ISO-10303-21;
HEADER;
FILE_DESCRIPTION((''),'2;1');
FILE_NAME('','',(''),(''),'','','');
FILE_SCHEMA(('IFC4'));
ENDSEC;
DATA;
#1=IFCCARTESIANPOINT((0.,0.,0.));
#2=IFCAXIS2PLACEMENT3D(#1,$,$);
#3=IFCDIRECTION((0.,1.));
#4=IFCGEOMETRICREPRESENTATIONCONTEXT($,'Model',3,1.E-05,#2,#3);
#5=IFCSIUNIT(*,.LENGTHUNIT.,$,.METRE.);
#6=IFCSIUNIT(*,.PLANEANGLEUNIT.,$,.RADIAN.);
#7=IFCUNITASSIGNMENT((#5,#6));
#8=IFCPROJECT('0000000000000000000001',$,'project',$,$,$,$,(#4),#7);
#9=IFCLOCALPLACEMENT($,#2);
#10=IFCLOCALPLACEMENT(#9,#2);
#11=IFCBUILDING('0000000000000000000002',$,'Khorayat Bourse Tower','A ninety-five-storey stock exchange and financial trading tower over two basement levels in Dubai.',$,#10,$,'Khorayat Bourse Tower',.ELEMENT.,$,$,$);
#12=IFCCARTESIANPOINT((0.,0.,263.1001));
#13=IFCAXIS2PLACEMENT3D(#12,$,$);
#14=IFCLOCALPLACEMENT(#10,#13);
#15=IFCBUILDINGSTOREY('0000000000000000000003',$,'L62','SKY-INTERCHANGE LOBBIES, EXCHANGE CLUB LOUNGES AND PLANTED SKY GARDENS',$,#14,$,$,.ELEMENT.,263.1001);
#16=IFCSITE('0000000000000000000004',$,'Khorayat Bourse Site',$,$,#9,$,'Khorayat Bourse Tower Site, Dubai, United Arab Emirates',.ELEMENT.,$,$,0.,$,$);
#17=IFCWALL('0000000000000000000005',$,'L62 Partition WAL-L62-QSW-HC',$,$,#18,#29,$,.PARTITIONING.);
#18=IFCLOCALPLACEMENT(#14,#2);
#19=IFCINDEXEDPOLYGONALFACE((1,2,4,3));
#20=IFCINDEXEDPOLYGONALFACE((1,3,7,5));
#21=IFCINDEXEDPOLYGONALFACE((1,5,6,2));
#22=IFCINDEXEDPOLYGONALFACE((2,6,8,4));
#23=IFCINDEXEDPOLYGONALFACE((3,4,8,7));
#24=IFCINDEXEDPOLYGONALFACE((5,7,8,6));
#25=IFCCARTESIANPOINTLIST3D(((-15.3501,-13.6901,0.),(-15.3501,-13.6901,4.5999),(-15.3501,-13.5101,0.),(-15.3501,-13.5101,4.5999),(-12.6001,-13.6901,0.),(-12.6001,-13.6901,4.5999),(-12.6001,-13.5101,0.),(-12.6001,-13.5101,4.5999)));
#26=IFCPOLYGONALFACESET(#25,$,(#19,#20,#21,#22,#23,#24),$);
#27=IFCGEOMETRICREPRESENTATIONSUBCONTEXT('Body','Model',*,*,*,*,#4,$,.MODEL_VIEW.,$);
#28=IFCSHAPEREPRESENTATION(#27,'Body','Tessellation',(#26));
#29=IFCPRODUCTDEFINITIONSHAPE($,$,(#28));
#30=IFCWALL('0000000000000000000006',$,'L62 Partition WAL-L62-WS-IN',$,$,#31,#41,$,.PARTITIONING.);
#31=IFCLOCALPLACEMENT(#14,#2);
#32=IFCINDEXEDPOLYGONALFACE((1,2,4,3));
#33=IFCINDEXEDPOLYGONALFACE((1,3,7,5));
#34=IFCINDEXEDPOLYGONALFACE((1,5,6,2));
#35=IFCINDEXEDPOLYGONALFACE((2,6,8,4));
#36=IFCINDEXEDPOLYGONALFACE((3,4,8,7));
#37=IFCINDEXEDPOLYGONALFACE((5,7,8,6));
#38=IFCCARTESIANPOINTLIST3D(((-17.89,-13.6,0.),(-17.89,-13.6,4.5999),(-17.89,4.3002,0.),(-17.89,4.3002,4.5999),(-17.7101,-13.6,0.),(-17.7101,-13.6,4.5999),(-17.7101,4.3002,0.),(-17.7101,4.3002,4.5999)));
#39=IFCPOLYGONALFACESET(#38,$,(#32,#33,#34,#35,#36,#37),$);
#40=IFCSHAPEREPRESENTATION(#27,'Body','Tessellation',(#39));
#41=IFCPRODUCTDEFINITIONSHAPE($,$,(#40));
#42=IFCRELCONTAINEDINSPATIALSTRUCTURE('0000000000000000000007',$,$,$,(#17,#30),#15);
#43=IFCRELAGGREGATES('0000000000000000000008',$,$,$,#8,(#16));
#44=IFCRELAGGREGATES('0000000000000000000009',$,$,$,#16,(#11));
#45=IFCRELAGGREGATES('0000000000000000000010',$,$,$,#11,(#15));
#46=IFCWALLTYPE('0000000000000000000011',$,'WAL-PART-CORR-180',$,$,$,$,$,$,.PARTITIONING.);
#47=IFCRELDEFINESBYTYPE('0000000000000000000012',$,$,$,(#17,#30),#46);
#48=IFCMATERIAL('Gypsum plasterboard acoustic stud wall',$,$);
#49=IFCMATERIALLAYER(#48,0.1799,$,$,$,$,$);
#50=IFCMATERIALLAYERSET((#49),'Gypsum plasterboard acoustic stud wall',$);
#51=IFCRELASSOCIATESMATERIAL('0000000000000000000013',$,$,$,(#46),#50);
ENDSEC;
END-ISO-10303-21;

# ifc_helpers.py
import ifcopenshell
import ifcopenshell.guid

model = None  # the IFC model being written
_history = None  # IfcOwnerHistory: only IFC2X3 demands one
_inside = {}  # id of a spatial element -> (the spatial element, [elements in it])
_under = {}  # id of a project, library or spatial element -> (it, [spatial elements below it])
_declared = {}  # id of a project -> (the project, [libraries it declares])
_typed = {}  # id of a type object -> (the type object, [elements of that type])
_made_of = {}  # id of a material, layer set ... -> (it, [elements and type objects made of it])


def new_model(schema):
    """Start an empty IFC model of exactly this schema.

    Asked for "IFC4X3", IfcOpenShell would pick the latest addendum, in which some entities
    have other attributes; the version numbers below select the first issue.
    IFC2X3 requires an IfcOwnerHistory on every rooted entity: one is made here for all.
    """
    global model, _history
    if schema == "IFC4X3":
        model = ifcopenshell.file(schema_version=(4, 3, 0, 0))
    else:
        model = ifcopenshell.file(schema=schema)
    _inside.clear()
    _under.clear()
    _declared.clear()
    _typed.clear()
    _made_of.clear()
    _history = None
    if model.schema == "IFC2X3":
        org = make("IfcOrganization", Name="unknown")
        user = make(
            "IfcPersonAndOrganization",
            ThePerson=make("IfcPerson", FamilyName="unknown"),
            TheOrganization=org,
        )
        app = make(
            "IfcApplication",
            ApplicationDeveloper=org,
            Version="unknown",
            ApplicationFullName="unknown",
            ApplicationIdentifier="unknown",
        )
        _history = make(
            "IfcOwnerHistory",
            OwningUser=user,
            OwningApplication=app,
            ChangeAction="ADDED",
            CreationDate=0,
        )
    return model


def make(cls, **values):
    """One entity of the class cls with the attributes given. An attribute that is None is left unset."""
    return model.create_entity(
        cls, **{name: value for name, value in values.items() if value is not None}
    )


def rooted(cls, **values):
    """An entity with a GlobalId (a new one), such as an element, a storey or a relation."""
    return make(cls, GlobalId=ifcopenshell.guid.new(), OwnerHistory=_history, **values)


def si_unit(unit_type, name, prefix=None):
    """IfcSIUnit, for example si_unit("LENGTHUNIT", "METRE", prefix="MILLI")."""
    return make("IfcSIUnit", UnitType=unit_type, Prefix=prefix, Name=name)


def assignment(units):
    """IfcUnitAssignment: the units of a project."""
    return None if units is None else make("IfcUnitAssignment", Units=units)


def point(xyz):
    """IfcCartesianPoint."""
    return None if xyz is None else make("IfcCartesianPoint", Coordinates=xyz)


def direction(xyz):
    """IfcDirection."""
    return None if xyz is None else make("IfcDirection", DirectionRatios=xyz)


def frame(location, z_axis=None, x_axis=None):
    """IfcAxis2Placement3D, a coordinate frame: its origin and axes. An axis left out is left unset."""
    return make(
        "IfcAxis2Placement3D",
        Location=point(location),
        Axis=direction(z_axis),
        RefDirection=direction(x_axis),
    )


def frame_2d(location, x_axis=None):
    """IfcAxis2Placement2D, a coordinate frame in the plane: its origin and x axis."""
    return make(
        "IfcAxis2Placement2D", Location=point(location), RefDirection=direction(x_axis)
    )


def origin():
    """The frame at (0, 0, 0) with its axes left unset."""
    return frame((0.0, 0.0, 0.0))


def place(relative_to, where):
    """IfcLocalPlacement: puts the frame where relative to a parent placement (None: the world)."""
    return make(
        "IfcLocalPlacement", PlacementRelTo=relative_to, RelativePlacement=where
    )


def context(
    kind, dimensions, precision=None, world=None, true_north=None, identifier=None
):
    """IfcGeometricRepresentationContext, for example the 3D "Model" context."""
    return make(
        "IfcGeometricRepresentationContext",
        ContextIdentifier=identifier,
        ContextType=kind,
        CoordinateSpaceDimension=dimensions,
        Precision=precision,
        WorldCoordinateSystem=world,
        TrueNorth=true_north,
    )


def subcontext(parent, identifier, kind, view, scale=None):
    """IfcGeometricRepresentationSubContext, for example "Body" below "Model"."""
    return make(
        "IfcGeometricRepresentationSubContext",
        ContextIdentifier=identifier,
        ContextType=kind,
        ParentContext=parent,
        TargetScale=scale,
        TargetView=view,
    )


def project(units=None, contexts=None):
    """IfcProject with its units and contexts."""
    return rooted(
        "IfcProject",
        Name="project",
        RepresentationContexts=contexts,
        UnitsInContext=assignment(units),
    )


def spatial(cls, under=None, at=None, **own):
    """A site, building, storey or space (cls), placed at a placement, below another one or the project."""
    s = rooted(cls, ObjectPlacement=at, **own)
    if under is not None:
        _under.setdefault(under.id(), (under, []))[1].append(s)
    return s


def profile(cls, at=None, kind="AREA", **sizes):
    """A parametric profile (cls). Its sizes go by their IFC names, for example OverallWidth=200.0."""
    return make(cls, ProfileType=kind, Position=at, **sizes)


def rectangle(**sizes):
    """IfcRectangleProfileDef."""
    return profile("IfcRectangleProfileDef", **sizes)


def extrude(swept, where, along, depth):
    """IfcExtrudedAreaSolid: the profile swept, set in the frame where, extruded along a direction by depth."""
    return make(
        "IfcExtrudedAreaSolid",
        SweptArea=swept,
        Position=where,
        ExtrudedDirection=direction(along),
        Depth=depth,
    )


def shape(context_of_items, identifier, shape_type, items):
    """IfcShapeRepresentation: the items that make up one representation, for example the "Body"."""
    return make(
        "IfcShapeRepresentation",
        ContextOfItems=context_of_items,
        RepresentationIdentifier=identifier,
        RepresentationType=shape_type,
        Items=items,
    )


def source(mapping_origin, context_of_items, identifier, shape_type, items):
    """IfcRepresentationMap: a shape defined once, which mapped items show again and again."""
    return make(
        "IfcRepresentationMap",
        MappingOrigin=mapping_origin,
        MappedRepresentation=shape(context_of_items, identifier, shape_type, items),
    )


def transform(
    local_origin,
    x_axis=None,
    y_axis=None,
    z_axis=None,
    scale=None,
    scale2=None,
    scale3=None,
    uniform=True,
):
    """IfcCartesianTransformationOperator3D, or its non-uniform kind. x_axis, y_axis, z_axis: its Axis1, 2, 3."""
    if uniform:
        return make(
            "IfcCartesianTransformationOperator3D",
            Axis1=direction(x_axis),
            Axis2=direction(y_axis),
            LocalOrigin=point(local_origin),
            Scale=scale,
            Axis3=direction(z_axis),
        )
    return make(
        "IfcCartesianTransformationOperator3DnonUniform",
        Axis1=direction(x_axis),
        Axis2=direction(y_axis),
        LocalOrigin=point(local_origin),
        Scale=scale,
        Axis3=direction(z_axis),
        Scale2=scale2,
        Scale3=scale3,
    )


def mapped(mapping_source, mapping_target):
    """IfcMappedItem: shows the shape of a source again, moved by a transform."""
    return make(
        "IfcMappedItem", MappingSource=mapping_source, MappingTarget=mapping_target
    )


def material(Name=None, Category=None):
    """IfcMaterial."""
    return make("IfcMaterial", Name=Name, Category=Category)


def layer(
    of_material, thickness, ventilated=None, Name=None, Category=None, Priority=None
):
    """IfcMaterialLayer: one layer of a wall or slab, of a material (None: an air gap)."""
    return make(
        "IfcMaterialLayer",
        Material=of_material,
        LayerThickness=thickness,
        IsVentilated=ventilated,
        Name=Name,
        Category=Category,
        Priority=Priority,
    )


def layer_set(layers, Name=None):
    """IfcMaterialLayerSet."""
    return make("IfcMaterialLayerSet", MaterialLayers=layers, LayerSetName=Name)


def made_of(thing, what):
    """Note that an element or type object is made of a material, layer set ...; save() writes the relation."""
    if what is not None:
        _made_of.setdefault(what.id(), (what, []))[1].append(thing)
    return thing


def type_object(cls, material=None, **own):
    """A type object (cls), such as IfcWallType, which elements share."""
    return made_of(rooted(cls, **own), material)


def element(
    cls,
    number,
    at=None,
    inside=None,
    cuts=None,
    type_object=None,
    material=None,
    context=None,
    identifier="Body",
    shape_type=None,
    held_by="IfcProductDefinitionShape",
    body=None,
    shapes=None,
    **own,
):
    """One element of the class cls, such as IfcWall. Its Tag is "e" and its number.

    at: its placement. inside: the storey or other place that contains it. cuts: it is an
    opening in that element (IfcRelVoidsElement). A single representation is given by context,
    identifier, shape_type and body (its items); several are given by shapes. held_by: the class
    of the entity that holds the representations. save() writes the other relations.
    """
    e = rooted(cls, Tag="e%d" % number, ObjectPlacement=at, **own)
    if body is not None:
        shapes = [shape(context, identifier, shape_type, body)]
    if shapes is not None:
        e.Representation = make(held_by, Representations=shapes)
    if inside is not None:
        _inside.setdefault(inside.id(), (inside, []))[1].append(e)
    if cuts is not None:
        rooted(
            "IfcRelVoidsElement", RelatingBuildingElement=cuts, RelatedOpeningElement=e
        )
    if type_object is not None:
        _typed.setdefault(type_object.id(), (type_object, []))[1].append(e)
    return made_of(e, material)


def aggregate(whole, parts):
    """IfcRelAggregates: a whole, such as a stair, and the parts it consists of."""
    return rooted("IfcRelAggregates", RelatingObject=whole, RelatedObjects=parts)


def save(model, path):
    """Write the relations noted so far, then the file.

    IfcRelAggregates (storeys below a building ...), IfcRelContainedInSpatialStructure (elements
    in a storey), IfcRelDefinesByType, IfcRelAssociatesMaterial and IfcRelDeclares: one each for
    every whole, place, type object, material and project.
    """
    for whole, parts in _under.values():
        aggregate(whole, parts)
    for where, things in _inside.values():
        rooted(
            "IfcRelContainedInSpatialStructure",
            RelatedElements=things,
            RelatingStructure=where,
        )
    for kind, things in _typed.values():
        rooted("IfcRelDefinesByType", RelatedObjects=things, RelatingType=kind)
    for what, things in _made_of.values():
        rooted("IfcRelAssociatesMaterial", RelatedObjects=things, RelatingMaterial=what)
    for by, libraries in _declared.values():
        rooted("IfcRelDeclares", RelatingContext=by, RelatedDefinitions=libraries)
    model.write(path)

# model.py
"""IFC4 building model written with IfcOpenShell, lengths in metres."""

from ifc_helpers import new_model, si_unit, direction, frame, frame_2d, origin, place, context, subcontext, project, spatial, rectangle, extrude, source, transform, mapped, material, layer, layer_set, type_object, element, save


model = new_model("IFC4")

# Units and contexts
model_context = context("Model", 3, precision=1e-05, world=origin(), true_north=direction((0.0, 1.0)))
body_context = subcontext(model_context, "Body", "Model", "MODEL_VIEW")
ifc_project = project(units=[si_unit("LENGTHUNIT", "METRE"), si_unit("PLANEANGLEUNIT", "RADIAN")], contexts=[model_context])

# Site, building, storey
site_placement = place(None, origin())
site = spatial("IfcSite", under=ifc_project, at=site_placement, Name="Khorayat Bourse Site", LongName="Khorayat Bourse Tower Site, Dubai, United Arab Emirates", CompositionType="ELEMENT", RefElevation=0.0)
building_placement = place(site_placement, origin())
building = spatial("IfcBuilding", under=site, at=building_placement, Name="Khorayat Bourse Tower", Description="A ninety-five-storey stock exchange and financial trading tower over two basement levels in Dubai.", LongName="Khorayat Bourse Tower", CompositionType="ELEMENT")
storey_placement = place(building_placement, frame((0.0, 0.0, 263.1001)))
storey = spatial("IfcBuildingStorey", under=building, at=storey_placement, Name="L62", Description="SKY-INTERCHANGE LOBBIES, EXCHANGE CLUB LOUNGES AND PLANTED SKY GARDENS", CompositionType="ELEMENT", Elevation=263.1001)

# Shared definitions
ifc_material_1 = material(Name="Gypsum plasterboard acoustic stud wall")
ifc_layer_1 = layer(ifc_material_1, 0.1799)
ifc_layer_set_1 = layer_set([ifc_layer_1], Name="Gypsum plasterboard acoustic stud wall")
wall_type_1 = type_object("IfcWallType", Name="WAL-PART-CORR-180", PredefinedType="PARTITIONING", material=ifc_layer_set_1)

# Walls
shared_shape_1 = source(origin(), body_context, "Body", "SweptSolid", [
    extrude(rectangle(XDim=2.75, YDim=0.1799, at=frame_2d((1.375, 0.0))), origin(), (0.0, 0.0, 1.0), 4.5999),
])
wall_1_placement = place(storey_placement, frame((-15.3501, -13.6001, 0.0), z_axis=(0.0, 0.0, 1.0), x_axis=(1.0, 0.0, 0.0)))
element("IfcWall", 1, at=wall_1_placement, inside=storey, type_object=wall_type_1, Name="L62 Partition WAL-L62-QSW-HC", PredefinedType="PARTITIONING", context=body_context, shape_type="MappedRepresentation", body=[
    mapped(shared_shape_1, transform((0.0, 0.0, 0.0), scale=1.0)),
])
shared_shape_2 = source(origin(), body_context, "Body", "SweptSolid", [
    extrude(rectangle(XDim=17.9001, YDim=0.1799, at=frame_2d((8.9502, 0.0))), origin(), (0.0, 0.0, 1.0), 4.5999),
])
wall_2_placement = place(storey_placement, frame((-17.8, -13.6001, 0.0), z_axis=(0.0, 0.0, 1.0), x_axis=(0.0, 1.0, 0.0)))
element("IfcWall", 2, at=wall_2_placement, inside=storey, type_object=wall_type_1, Name="L62 Partition WAL-L62-WS-IN", PredefinedType="PARTITIONING", context=body_context, shape_type="MappedRepresentation", body=[
    mapped(shared_shape_2, transform((0.0, 0.0, 0.0), scale=1.0)),
])

save(model, "model.ifc")
